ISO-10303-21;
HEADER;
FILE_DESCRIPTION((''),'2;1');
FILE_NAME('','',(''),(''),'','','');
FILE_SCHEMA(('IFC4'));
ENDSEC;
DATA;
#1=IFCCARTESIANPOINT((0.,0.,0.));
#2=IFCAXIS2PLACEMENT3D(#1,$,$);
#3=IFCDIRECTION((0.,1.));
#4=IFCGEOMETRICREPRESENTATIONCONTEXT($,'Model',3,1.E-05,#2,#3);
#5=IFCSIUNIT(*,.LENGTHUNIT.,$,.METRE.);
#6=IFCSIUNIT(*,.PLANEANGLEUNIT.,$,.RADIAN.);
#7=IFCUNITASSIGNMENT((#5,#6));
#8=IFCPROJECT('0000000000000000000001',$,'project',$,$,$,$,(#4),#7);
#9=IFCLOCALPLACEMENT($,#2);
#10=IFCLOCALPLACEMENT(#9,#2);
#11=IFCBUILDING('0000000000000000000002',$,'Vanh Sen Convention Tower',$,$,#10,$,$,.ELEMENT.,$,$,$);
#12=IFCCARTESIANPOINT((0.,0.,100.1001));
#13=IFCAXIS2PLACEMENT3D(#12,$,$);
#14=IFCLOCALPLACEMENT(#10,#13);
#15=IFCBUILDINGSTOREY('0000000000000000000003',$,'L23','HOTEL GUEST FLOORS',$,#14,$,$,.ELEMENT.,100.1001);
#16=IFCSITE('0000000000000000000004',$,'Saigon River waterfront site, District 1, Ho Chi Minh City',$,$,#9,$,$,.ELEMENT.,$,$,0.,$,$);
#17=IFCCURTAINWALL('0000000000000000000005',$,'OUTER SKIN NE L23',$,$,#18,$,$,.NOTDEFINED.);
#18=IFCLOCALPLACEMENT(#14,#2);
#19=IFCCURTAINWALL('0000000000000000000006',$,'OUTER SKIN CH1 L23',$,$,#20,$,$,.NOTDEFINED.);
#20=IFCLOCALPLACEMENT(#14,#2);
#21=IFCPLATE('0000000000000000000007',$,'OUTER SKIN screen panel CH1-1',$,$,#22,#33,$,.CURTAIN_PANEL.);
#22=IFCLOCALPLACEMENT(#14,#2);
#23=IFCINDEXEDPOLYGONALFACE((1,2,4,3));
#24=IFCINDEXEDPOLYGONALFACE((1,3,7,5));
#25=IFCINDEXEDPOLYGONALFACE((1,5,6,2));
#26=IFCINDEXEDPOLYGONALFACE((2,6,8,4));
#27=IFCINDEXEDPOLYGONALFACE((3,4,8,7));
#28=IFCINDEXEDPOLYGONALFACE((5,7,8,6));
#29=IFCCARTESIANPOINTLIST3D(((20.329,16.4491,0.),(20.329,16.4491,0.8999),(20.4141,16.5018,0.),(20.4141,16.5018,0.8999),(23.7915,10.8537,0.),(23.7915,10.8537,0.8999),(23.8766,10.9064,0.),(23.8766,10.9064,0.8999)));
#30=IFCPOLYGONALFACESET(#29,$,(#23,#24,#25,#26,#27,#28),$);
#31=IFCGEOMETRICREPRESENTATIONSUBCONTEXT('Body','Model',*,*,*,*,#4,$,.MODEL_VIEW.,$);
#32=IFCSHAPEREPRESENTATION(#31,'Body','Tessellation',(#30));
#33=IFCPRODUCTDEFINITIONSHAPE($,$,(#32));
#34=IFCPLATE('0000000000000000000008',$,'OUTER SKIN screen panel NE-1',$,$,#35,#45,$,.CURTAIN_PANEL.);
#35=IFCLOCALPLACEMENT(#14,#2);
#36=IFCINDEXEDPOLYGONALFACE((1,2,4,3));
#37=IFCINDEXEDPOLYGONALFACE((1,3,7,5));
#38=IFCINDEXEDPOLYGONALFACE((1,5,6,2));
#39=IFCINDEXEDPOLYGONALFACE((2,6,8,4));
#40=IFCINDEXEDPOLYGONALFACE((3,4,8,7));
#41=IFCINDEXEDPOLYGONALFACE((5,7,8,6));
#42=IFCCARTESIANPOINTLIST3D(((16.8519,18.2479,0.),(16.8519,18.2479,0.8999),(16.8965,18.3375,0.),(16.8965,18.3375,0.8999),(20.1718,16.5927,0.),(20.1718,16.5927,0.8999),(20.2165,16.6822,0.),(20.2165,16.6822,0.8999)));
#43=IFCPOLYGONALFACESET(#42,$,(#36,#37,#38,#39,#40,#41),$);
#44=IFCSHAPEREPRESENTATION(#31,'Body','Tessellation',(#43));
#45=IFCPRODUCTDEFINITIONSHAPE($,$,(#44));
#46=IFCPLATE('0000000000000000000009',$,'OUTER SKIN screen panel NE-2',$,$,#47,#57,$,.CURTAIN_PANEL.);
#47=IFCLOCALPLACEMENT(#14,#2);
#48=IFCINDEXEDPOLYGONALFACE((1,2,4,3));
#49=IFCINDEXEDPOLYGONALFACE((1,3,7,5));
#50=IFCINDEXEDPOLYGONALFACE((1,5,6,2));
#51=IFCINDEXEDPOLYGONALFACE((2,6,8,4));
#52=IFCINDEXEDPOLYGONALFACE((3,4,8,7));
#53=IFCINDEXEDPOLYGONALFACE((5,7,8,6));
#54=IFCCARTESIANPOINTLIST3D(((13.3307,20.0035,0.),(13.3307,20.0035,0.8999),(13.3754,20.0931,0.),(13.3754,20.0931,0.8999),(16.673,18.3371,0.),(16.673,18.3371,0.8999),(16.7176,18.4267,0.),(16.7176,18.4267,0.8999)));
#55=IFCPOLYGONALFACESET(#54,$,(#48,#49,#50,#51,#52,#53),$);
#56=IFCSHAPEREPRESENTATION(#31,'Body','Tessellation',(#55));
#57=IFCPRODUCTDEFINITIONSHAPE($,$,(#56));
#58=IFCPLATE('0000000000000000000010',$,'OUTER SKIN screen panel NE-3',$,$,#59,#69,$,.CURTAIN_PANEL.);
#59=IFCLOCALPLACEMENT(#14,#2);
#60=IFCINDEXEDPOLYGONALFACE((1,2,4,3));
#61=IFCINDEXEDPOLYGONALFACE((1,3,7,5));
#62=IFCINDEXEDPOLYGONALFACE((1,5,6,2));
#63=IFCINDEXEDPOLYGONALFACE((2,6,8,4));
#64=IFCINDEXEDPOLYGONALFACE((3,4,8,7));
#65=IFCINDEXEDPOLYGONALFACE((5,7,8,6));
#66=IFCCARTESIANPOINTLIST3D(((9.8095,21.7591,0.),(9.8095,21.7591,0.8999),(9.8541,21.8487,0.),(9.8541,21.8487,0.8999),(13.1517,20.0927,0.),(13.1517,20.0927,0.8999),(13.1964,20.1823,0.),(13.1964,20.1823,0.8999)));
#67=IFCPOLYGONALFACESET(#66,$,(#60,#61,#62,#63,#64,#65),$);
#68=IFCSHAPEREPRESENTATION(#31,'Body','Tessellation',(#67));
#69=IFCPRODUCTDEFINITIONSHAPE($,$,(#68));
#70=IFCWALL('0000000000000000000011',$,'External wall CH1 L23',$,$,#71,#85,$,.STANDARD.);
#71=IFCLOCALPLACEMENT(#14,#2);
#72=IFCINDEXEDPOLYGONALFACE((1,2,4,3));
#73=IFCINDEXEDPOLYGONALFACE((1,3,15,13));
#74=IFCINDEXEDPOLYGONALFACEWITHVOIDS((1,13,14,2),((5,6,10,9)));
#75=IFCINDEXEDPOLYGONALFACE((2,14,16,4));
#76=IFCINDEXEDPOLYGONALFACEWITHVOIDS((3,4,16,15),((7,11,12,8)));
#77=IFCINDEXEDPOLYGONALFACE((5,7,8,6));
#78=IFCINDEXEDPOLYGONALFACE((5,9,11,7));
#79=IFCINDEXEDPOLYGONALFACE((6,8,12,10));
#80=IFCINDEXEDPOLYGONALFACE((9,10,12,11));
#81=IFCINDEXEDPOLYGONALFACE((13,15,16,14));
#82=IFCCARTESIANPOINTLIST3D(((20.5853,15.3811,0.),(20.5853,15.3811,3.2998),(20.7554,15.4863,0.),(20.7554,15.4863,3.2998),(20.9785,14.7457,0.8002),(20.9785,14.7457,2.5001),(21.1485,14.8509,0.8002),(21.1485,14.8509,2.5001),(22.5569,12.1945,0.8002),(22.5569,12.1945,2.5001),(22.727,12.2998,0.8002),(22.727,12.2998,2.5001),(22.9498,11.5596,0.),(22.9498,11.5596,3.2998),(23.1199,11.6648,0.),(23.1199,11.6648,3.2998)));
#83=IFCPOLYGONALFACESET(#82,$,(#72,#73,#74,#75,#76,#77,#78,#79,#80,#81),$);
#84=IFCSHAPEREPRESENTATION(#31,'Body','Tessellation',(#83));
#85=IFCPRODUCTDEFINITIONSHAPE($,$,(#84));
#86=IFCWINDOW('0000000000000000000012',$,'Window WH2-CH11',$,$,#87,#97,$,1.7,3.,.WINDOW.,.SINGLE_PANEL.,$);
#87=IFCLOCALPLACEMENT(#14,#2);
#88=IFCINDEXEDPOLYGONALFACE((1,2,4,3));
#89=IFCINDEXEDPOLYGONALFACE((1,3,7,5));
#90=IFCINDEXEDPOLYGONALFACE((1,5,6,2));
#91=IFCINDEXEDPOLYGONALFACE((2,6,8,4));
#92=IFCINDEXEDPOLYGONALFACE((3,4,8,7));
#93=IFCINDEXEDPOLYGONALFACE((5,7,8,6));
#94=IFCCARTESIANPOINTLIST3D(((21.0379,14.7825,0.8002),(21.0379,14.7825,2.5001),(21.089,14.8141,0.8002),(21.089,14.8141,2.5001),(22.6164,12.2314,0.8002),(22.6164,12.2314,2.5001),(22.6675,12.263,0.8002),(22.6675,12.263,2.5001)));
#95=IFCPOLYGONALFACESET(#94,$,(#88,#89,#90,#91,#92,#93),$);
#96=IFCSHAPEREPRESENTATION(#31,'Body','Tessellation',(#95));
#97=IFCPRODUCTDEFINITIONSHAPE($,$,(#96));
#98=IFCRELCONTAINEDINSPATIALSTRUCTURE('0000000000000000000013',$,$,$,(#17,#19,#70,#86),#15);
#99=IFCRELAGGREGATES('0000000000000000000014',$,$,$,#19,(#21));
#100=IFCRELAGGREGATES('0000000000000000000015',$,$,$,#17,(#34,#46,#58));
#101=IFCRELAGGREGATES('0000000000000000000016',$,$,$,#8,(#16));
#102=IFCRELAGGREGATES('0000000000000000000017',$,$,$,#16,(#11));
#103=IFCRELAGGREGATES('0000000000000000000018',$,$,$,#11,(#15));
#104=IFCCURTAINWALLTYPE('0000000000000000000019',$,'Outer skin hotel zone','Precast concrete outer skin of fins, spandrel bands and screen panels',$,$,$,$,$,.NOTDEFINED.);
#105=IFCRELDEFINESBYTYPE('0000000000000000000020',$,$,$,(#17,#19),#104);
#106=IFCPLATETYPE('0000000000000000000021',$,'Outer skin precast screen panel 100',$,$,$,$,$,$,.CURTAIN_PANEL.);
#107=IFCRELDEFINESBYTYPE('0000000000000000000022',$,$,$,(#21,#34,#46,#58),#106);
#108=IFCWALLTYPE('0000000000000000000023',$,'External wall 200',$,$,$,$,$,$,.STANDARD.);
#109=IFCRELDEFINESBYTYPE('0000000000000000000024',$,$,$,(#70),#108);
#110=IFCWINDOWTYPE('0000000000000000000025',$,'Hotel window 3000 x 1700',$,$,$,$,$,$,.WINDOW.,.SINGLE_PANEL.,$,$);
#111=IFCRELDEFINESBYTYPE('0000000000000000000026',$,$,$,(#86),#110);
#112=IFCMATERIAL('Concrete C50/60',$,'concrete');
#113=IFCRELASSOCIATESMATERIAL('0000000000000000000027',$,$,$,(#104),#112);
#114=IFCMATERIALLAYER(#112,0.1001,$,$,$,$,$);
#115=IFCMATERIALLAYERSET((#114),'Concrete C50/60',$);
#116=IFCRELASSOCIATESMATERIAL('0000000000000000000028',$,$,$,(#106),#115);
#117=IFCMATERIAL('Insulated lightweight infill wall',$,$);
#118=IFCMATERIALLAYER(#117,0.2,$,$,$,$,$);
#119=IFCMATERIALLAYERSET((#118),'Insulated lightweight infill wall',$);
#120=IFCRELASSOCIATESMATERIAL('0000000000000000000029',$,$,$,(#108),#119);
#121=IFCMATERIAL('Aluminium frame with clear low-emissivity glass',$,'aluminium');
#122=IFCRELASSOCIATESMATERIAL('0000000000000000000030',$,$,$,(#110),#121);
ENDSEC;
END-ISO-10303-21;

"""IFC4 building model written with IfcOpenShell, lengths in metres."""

from ifc_helpers import new_model, si_unit, direction, frame, frame_2d, origin, origin_2d, place, context, subcontext, project, spatial, rectangle, extrude, material, layer, layer_set, type_object, element, fill, aggregate, save


model = new_model("IFC4")

# Units and contexts
model_context = context("Model", 3, precision=1e-05, world=origin(), true_north=direction((0.0, 1.0)))
body_context = subcontext(model_context, "Body", "Model", "MODEL_VIEW")
ifc_project = project(units=[si_unit("LENGTHUNIT", "METRE"), si_unit("PLANEANGLEUNIT", "RADIAN")], contexts=[model_context])

# Site, building, storey
site_placement = place(None, origin())
site = spatial("IfcSite", under=ifc_project, at=site_placement, Name="Saigon River waterfront site, District 1, Ho Chi Minh City", CompositionType="ELEMENT", RefElevation=0.0)
building_placement = place(site_placement, origin())
building = spatial("IfcBuilding", under=site, at=building_placement, Name="Vanh Sen Convention Tower", CompositionType="ELEMENT")
storey_placement = place(building_placement, frame((0.0, 0.0, 100.1001)))
storey = spatial("IfcBuildingStorey", under=building, at=storey_placement, Name="L23", Description="HOTEL GUEST FLOORS", CompositionType="ELEMENT", Elevation=100.1001)

# Curtain wall
ifc_material_1 = material(Name="Concrete C50/60", Category="concrete")
curtain_wall_type = type_object("IfcCurtainWallType", Name="Outer skin hotel zone", Description="Precast concrete outer skin of fins, spandrel bands and screen panels", PredefinedType="NOTDEFINED", material=ifc_material_1)
curtain_wall_1_placement = place(storey_placement, origin())
curtain_wall_1 = element("IfcCurtainWall", 1, at=curtain_wall_1_placement, inside=storey, type_object=curtain_wall_type, Name="OUTER SKIN NE L23", PredefinedType="NOTDEFINED")

# Curtain wall, plate
curtain_wall_2_placement = place(storey_placement, origin())
curtain_wall_2 = element("IfcCurtainWall", 2, at=curtain_wall_2_placement, inside=storey, type_object=curtain_wall_type, Name="OUTER SKIN CH1 L23", PredefinedType="NOTDEFINED")
ifc_layer_1 = layer(ifc_material_1, 0.1001)
ifc_layer_set_1 = layer_set([ifc_layer_1], Name="Concrete C50/60")
plate_type = type_object("IfcPlateType", Name="Outer skin precast screen panel 100", PredefinedType="CURTAIN_PANEL", material=ifc_layer_set_1)
plate_1_placement = place(storey_placement, frame((22.1028, 13.6777, 0.0), z_axis=(0.0, 0.0, 1.0), x_axis=(-0.526212, 0.850353, 0.0)))
plate_1 = element("IfcPlate", 3, at=plate_1_placement, type_object=plate_type, Name="OUTER SKIN screen panel CH1-1", PredefinedType="CURTAIN_PANEL", context=body_context, shape_type="SweptSolid", body=[
    extrude(rectangle(XDim=6.5801, YDim=0.1001, at=origin_2d()), origin(), (0.0, 0.0, 1.0), 0.8999),
])
aggregate(curtain_wall_2, [plate_1])

# Plates
plate_2_placement = place(storey_placement, frame((18.5342, 17.4651, 0.0), z_axis=(0.0, 0.0, 1.0), x_axis=(-0.894935, 0.446196, 0.0)))
plate_2 = element("IfcPlate", 4, at=plate_2_placement, type_object=plate_type, Name="OUTER SKIN screen panel NE-1", PredefinedType="CURTAIN_PANEL", context=body_context, shape_type="SweptSolid", body=[
    extrude(rectangle(XDim=3.7097, YDim=0.1001, at=origin_2d()), origin(), (0.0, 0.0, 1.0), 0.8999),
])
plate_3_placement = place(storey_placement, frame((15.0242, 19.2151, 0.0), z_axis=(0.0, 0.0, 1.0), x_axis=(-0.894935, 0.446196, 0.0)))
plate_3 = element("IfcPlate", 5, at=plate_3_placement, type_object=plate_type, Name="OUTER SKIN screen panel NE-2", PredefinedType="CURTAIN_PANEL", context=body_context, shape_type="SweptSolid", body=[
    extrude(rectangle(XDim=3.7346, YDim=0.1001, at=origin_2d()), origin(), (0.0, 0.0, 1.0), 0.8999),
])
plate_4_placement = place(storey_placement, frame((11.5029, 20.9707, 0.0), z_axis=(0.0, 0.0, 1.0), x_axis=(-0.894935, 0.446196, 0.0)))
plate_4 = element("IfcPlate", 6, at=plate_4_placement, type_object=plate_type, Name="OUTER SKIN screen panel NE-3", PredefinedType="CURTAIN_PANEL", context=body_context, shape_type="SweptSolid", body=[
    extrude(rectangle(XDim=3.7346, YDim=0.1001, at=origin_2d()), origin(), (0.0, 0.0, 1.0), 0.8999),
])
aggregate(curtain_wall_1, [plate_2, plate_3, plate_4])

# Wall, opening, window
ifc_material_2 = material(Name="Insulated lightweight infill wall")
ifc_layer_2 = layer(ifc_material_2, 0.2)
ifc_layer_set_2 = layer_set([ifc_layer_2], Name="Insulated lightweight infill wall")
wall_type_1 = type_object("IfcWallType", Name="External wall 200", PredefinedType="STANDARD", material=ifc_layer_set_2)
wall_1_placement = place(storey_placement, frame((23.0349, 11.6121, 0.0), z_axis=(0.0, 0.0, 1.0), x_axis=(-0.52616, 0.850386, 0.0)))
wall_1 = element("IfcWall", 7, at=wall_1_placement, inside=storey, type_object=wall_type_1, Name="External wall CH1 L23", PredefinedType="STANDARD", context=body_context, shape_type="SweptSolid", body=[
    extrude(rectangle(XDim=4.4939, YDim=0.2, at=frame_2d((2.2471, 0.0))), origin(), (0.0, 0.0, 1.0), 3.2998),
])
opening_1_placement = place(wall_1_placement, frame((0.7468, 0.0, 0.8)))
opening_1 = element("IfcOpeningElement", 8, at=opening_1_placement, cuts=wall_1, PredefinedType="OPENING", context=body_context, shape_type="SweptSolid", body=[
    extrude(rectangle(XDim=3.0, YDim=1.7, at=frame_2d((1.5, 0.8501))), frame((0.0, 0.1099, 0.0), z_axis=(0.0, -1.0, 0.0), x_axis=(1.0, 0.0, 0.0)), (0.0, 0.0, 1.0), 0.22),
])
ifc_material_3 = material(Name="Aluminium frame with clear low-emissivity glass", Category="aluminium")
window_type_1 = type_object("IfcWindowType", Name="Hotel window 3000 x 1700", PartitioningType="SINGLE_PANEL", PredefinedType="WINDOW", material=ifc_material_3)
window_1_placement = place(opening_1_placement, origin())
window_1 = element("IfcWindow", 9, at=window_1_placement, inside=storey, type_object=window_type_1, Name="Window WH2-CH11", OverallHeight=1.7, OverallWidth=3.0, PartitioningType="SINGLE_PANEL", PredefinedType="WINDOW", context=body_context, shape_type="SweptSolid", body=[
    extrude(rectangle(XDim=3.0, YDim=1.7, at=frame_2d((1.5, 0.8501))), frame((0.0, 0.03, 0.0), z_axis=(0.0, -1.0, 0.0), x_axis=(1.0, 0.0, 0.0)), (0.0, 0.0, 1.0), 0.0601),
])
fill(opening_1, window_1)

save(model, "model.ifc")
